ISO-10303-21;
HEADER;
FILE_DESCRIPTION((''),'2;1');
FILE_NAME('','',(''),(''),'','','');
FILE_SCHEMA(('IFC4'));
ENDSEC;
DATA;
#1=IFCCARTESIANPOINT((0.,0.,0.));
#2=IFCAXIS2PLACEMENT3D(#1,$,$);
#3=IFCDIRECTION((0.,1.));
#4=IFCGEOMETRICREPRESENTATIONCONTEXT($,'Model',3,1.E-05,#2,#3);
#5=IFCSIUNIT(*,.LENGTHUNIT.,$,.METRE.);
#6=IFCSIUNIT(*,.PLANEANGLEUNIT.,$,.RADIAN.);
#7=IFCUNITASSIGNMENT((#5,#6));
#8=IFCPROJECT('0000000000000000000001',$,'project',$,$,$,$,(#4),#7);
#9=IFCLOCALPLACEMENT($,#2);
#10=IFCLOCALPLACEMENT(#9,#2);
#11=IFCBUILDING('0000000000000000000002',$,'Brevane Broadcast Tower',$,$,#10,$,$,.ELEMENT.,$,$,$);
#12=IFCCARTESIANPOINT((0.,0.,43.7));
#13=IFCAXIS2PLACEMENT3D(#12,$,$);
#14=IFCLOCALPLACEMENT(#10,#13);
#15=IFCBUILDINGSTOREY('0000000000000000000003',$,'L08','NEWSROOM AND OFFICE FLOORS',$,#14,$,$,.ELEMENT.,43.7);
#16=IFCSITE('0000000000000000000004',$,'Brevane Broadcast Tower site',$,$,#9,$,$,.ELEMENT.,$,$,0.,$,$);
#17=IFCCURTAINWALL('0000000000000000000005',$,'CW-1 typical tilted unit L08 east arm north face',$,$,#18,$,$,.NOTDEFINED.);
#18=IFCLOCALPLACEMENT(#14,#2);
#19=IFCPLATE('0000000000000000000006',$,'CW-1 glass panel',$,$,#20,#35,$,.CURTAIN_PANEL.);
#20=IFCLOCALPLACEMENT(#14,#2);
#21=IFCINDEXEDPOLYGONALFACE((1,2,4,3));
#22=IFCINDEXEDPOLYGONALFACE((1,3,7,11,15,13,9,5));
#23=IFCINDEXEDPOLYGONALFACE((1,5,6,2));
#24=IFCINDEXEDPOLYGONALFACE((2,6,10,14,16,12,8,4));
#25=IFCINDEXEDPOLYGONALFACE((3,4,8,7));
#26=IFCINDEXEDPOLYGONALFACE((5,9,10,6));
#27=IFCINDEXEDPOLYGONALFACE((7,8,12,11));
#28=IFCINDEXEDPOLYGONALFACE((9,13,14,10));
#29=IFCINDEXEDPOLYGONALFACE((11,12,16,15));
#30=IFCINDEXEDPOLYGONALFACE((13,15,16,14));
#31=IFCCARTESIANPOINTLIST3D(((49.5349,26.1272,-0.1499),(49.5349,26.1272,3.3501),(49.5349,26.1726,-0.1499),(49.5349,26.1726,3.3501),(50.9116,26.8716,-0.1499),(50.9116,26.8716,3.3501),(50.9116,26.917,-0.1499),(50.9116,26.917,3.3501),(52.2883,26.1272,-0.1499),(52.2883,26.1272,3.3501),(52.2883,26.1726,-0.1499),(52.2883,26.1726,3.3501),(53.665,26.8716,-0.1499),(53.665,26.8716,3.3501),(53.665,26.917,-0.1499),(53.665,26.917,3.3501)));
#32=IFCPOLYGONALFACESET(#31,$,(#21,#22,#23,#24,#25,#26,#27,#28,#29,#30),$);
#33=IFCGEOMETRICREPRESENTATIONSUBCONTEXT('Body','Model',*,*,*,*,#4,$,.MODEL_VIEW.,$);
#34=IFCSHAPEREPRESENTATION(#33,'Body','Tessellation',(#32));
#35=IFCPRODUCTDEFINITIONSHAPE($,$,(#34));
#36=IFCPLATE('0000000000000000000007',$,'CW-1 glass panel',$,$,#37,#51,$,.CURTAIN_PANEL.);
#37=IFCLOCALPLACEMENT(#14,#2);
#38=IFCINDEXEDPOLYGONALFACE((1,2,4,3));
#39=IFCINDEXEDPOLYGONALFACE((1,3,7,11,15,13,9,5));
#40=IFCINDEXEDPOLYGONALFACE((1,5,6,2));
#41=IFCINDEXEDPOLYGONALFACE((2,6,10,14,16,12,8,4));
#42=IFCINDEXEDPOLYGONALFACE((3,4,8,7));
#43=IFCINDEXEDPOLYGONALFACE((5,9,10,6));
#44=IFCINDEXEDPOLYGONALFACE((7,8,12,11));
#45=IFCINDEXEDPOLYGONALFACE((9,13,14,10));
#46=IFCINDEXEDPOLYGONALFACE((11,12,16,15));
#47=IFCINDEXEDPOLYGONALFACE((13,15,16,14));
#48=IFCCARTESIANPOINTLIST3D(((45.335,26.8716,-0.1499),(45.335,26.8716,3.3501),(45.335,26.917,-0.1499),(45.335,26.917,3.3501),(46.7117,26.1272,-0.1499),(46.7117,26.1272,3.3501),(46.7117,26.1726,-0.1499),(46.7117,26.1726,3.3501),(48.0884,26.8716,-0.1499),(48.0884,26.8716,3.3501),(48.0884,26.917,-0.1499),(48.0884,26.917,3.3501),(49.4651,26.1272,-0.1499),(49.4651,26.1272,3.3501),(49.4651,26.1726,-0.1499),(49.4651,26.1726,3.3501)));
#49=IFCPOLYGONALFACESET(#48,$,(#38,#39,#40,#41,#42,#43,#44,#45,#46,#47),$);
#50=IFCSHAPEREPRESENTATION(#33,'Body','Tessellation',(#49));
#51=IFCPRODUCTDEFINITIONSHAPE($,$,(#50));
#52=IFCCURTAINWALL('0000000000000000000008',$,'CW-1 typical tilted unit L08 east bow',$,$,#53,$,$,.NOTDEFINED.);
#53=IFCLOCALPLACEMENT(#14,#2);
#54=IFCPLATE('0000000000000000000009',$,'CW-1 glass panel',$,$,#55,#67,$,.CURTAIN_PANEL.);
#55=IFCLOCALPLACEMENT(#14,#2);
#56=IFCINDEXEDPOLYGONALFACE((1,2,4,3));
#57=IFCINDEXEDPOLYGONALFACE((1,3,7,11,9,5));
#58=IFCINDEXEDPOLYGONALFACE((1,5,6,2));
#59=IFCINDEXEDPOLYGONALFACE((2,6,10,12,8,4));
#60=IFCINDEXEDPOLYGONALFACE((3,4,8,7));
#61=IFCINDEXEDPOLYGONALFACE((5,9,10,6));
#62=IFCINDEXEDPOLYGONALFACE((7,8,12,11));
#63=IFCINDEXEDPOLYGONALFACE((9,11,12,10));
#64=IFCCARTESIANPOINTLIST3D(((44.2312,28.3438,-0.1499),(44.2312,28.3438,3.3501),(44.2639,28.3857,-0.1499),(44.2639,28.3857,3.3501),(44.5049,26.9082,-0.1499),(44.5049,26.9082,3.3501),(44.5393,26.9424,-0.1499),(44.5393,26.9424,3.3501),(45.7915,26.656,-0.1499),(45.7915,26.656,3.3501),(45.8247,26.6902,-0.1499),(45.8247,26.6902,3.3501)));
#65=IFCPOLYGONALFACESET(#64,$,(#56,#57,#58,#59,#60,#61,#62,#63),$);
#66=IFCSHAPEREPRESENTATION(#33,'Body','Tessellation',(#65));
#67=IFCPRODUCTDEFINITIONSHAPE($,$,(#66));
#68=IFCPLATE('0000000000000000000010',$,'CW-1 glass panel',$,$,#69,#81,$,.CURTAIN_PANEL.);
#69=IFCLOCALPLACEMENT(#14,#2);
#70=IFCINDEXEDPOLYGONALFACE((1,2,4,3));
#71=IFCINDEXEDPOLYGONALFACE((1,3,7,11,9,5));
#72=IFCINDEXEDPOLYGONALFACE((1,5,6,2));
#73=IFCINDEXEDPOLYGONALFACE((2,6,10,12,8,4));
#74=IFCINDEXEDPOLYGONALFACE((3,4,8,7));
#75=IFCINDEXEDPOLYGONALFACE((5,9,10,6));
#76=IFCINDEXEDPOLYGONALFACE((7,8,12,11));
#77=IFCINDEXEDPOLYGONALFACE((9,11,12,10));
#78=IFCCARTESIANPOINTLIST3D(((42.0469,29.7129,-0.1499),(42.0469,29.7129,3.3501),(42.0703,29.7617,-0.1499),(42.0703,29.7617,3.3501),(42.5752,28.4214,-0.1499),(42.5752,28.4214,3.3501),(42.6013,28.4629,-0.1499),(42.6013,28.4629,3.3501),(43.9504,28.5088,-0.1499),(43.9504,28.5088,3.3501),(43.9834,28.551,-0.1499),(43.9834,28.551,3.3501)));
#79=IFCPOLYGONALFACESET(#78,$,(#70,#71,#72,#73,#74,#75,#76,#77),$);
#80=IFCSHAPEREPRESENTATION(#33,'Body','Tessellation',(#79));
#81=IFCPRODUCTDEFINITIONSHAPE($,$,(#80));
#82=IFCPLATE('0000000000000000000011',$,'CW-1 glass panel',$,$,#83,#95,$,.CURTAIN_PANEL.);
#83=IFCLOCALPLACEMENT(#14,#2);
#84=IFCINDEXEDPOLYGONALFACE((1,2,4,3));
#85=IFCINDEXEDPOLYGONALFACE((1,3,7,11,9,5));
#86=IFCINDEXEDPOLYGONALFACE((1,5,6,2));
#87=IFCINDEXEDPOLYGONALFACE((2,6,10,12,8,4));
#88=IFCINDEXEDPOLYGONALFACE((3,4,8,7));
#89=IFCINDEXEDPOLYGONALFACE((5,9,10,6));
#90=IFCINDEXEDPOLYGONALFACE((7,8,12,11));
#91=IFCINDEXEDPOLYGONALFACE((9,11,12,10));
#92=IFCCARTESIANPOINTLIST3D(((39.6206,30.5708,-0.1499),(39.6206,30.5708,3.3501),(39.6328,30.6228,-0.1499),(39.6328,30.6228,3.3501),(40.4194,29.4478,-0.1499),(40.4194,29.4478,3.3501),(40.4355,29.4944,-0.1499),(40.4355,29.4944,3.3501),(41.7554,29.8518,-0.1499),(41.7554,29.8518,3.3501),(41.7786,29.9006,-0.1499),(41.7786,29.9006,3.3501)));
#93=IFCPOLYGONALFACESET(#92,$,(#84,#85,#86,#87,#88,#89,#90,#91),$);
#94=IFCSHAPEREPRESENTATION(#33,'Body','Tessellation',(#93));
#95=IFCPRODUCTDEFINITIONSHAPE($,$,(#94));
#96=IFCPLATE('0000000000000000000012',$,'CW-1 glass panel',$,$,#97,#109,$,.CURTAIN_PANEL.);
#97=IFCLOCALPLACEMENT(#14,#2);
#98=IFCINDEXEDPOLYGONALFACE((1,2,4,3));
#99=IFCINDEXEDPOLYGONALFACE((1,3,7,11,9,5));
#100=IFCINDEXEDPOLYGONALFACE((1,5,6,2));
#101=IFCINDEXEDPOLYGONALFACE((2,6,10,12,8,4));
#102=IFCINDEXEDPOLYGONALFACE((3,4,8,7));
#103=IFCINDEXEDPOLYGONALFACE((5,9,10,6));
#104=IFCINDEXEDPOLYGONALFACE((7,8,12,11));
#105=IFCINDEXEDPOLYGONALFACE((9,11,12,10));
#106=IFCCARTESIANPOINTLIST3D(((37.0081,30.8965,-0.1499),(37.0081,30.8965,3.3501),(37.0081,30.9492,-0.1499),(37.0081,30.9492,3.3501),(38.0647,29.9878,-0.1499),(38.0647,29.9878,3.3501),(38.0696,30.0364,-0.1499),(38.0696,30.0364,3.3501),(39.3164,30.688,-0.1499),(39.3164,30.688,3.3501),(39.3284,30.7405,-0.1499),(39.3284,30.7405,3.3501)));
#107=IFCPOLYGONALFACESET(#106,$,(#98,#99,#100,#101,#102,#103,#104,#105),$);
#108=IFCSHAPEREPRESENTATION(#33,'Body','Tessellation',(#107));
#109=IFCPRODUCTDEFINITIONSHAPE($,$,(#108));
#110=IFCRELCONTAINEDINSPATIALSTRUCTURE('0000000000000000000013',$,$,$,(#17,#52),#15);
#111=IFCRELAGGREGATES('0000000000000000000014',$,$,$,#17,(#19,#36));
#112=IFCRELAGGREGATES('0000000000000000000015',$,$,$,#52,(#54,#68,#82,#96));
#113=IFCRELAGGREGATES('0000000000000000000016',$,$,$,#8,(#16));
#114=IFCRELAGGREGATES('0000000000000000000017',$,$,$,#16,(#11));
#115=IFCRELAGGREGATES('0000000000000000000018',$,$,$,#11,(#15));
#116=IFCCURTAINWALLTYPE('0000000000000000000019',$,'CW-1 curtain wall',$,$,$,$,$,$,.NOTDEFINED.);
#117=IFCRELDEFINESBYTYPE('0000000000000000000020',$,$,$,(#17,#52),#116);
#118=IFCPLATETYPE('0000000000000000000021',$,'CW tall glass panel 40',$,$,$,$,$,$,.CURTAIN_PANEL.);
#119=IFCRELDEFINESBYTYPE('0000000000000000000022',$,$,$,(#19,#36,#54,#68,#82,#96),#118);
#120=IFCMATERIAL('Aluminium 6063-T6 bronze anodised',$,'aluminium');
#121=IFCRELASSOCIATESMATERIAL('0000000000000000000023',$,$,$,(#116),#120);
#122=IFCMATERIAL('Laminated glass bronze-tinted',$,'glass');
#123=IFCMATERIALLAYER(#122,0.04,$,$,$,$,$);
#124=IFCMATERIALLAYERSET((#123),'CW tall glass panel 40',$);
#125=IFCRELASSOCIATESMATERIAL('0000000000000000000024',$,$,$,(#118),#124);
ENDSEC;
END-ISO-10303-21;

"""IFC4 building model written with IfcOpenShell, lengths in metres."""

from ifc_helpers import new_model, si_unit, direction, frame, origin, place, context, subcontext, project, spatial, polyline, outline, extrude, material, layer, layer_set, type_object, element, aggregate, save


model = new_model("IFC4")

# Units and contexts
model_context = context("Model", 3, precision=1e-05, world=origin(), true_north=direction((0.0, 1.0)))
body_context = subcontext(model_context, "Body", "Model", "MODEL_VIEW")
ifc_project = project(units=[si_unit("LENGTHUNIT", "METRE"), si_unit("PLANEANGLEUNIT", "RADIAN")], contexts=[model_context])

# Site, building, storey
site_placement = place(None, origin())
site = spatial("IfcSite", under=ifc_project, at=site_placement, Name="Brevane Broadcast Tower site", CompositionType="ELEMENT", RefElevation=0.0)
building_placement = place(site_placement, origin())
building = spatial("IfcBuilding", under=site, at=building_placement, Name="Brevane Broadcast Tower", CompositionType="ELEMENT")
storey_placement = place(building_placement, frame((0.0, 0.0, 43.7)))
storey = spatial("IfcBuildingStorey", under=building, at=storey_placement, Name="L08", Description="NEWSROOM AND OFFICE FLOORS", CompositionType="ELEMENT", Elevation=43.7)

# Curtain walls, plates
ifc_material_1 = material(Name="Aluminium 6063-T6 bronze anodised", Category="aluminium")
curtain_wall_type = type_object("IfcCurtainWallType", Name="CW-1 curtain wall", PredefinedType="NOTDEFINED", material=ifc_material_1)
ifc_material_2 = material(Name="Laminated glass bronze-tinted", Category="glass")
ifc_layer = layer(ifc_material_2, 0.04)
ifc_layer_set = layer_set([ifc_layer], Name="CW tall glass panel 40")
plate_type = type_object("IfcPlateType", Name="CW tall glass panel 40", PredefinedType="CURTAIN_PANEL", material=ifc_layer_set)
curtain_wall_1_placement = place(storey_placement, origin())
curtain_wall_1 = element("IfcCurtainWall", 1, at=curtain_wall_1_placement, inside=storey, type_object=curtain_wall_type, Name="CW-1 typical tilted unit L08 east arm north face", PredefinedType="NOTDEFINED")
plate_1_placement = place(storey_placement, frame((0.0, 0.0, -0.1499)))
plate_1 = element("IfcPlate", 2, at=plate_1_placement, type_object=plate_type, Name="CW-1 glass panel", PredefinedType="CURTAIN_PANEL", context=body_context, shape_type="SweptSolid", body=[
    extrude(outline(polyline([(53.665, 26.8716), (53.665, 26.917), (52.2883, 26.1726), (50.9116, 26.917), (49.5349, 26.1726), (49.5349, 26.1272), (50.9116, 26.8716), (52.2883, 26.1272), (53.665, 26.8716)])), origin(), (0.0, 0.0, 1.0), 3.5),
])
plate_2_placement = place(storey_placement, frame((0.0, 0.0, -0.1499)))
plate_2 = element("IfcPlate", 3, at=plate_2_placement, type_object=plate_type, Name="CW-1 glass panel", PredefinedType="CURTAIN_PANEL", context=body_context, shape_type="SweptSolid", body=[
    extrude(outline(polyline([(49.4651, 26.1272), (49.4651, 26.1726), (48.0884, 26.917), (46.7117, 26.1726), (45.335, 26.917), (45.335, 26.8716), (46.7117, 26.1272), (48.0884, 26.8716), (49.4651, 26.1272)])), origin(), (0.0, 0.0, 1.0), 3.5),
])
aggregate(curtain_wall_1, [plate_1, plate_2])
curtain_wall_2_placement = place(storey_placement, origin())
curtain_wall_2 = element("IfcCurtainWall", 4, at=curtain_wall_2_placement, inside=storey, type_object=curtain_wall_type, Name="CW-1 typical tilted unit L08 east bow", PredefinedType="NOTDEFINED")
plate_3_placement = place(storey_placement, frame((0.0, 0.0, -0.1499)))
plate_3 = element("IfcPlate", 5, at=plate_3_placement, type_object=plate_type, Name="CW-1 glass panel", PredefinedType="CURTAIN_PANEL", context=body_context, shape_type="SweptSolid", body=[
    extrude(outline(polyline([(45.7915, 26.656), (45.8247, 26.6902), (44.5393, 26.9424), (44.2639, 28.3857), (44.2312, 28.3438), (44.5049, 26.9082), (45.7915, 26.656)])), origin(), (0.0, 0.0, 1.0), 3.5),
])
plate_4_placement = place(storey_placement, frame((0.0, 0.0, -0.1499)))
plate_4 = element("IfcPlate", 6, at=plate_4_placement, type_object=plate_type, Name="CW-1 glass panel", PredefinedType="CURTAIN_PANEL", context=body_context, shape_type="SweptSolid", body=[
    extrude(outline(polyline([(43.9504, 28.5088), (43.9834, 28.551), (42.6013, 28.4629), (42.0703, 29.7617), (42.0469, 29.7129), (42.5752, 28.4214), (43.9504, 28.5088)])), origin(), (0.0, 0.0, 1.0), 3.5),
])
plate_5_placement = place(storey_placement, frame((0.0, 0.0, -0.1499)))
plate_5 = element("IfcPlate", 7, at=plate_5_placement, type_object=plate_type, Name="CW-1 glass panel", PredefinedType="CURTAIN_PANEL", context=body_context, shape_type="SweptSolid", body=[
    extrude(outline(polyline([(41.7554, 29.8518), (41.7786, 29.9006), (40.4355, 29.4944), (39.6328, 30.6228), (39.6206, 30.5708), (40.4194, 29.4478), (41.7554, 29.8518)])), origin(), (0.0, 0.0, 1.0), 3.5),
])
plate_6_placement = place(storey_placement, frame((0.0, 0.0, -0.1499)))
plate_6 = element("IfcPlate", 8, at=plate_6_placement, type_object=plate_type, Name="CW-1 glass panel", PredefinedType="CURTAIN_PANEL", context=body_context, shape_type="SweptSolid", body=[
    extrude(outline(polyline([(39.3164, 30.688), (39.3284, 30.7405), (38.0696, 30.0364), (37.0081, 30.9492), (37.0081, 30.8965), (38.0647, 29.9878), (39.3164, 30.688)])), origin(), (0.0, 0.0, 1.0), 3.5),
])
aggregate(curtain_wall_2, [plate_3, plate_4, plate_5, plate_6])

save(model, "model.ifc")
